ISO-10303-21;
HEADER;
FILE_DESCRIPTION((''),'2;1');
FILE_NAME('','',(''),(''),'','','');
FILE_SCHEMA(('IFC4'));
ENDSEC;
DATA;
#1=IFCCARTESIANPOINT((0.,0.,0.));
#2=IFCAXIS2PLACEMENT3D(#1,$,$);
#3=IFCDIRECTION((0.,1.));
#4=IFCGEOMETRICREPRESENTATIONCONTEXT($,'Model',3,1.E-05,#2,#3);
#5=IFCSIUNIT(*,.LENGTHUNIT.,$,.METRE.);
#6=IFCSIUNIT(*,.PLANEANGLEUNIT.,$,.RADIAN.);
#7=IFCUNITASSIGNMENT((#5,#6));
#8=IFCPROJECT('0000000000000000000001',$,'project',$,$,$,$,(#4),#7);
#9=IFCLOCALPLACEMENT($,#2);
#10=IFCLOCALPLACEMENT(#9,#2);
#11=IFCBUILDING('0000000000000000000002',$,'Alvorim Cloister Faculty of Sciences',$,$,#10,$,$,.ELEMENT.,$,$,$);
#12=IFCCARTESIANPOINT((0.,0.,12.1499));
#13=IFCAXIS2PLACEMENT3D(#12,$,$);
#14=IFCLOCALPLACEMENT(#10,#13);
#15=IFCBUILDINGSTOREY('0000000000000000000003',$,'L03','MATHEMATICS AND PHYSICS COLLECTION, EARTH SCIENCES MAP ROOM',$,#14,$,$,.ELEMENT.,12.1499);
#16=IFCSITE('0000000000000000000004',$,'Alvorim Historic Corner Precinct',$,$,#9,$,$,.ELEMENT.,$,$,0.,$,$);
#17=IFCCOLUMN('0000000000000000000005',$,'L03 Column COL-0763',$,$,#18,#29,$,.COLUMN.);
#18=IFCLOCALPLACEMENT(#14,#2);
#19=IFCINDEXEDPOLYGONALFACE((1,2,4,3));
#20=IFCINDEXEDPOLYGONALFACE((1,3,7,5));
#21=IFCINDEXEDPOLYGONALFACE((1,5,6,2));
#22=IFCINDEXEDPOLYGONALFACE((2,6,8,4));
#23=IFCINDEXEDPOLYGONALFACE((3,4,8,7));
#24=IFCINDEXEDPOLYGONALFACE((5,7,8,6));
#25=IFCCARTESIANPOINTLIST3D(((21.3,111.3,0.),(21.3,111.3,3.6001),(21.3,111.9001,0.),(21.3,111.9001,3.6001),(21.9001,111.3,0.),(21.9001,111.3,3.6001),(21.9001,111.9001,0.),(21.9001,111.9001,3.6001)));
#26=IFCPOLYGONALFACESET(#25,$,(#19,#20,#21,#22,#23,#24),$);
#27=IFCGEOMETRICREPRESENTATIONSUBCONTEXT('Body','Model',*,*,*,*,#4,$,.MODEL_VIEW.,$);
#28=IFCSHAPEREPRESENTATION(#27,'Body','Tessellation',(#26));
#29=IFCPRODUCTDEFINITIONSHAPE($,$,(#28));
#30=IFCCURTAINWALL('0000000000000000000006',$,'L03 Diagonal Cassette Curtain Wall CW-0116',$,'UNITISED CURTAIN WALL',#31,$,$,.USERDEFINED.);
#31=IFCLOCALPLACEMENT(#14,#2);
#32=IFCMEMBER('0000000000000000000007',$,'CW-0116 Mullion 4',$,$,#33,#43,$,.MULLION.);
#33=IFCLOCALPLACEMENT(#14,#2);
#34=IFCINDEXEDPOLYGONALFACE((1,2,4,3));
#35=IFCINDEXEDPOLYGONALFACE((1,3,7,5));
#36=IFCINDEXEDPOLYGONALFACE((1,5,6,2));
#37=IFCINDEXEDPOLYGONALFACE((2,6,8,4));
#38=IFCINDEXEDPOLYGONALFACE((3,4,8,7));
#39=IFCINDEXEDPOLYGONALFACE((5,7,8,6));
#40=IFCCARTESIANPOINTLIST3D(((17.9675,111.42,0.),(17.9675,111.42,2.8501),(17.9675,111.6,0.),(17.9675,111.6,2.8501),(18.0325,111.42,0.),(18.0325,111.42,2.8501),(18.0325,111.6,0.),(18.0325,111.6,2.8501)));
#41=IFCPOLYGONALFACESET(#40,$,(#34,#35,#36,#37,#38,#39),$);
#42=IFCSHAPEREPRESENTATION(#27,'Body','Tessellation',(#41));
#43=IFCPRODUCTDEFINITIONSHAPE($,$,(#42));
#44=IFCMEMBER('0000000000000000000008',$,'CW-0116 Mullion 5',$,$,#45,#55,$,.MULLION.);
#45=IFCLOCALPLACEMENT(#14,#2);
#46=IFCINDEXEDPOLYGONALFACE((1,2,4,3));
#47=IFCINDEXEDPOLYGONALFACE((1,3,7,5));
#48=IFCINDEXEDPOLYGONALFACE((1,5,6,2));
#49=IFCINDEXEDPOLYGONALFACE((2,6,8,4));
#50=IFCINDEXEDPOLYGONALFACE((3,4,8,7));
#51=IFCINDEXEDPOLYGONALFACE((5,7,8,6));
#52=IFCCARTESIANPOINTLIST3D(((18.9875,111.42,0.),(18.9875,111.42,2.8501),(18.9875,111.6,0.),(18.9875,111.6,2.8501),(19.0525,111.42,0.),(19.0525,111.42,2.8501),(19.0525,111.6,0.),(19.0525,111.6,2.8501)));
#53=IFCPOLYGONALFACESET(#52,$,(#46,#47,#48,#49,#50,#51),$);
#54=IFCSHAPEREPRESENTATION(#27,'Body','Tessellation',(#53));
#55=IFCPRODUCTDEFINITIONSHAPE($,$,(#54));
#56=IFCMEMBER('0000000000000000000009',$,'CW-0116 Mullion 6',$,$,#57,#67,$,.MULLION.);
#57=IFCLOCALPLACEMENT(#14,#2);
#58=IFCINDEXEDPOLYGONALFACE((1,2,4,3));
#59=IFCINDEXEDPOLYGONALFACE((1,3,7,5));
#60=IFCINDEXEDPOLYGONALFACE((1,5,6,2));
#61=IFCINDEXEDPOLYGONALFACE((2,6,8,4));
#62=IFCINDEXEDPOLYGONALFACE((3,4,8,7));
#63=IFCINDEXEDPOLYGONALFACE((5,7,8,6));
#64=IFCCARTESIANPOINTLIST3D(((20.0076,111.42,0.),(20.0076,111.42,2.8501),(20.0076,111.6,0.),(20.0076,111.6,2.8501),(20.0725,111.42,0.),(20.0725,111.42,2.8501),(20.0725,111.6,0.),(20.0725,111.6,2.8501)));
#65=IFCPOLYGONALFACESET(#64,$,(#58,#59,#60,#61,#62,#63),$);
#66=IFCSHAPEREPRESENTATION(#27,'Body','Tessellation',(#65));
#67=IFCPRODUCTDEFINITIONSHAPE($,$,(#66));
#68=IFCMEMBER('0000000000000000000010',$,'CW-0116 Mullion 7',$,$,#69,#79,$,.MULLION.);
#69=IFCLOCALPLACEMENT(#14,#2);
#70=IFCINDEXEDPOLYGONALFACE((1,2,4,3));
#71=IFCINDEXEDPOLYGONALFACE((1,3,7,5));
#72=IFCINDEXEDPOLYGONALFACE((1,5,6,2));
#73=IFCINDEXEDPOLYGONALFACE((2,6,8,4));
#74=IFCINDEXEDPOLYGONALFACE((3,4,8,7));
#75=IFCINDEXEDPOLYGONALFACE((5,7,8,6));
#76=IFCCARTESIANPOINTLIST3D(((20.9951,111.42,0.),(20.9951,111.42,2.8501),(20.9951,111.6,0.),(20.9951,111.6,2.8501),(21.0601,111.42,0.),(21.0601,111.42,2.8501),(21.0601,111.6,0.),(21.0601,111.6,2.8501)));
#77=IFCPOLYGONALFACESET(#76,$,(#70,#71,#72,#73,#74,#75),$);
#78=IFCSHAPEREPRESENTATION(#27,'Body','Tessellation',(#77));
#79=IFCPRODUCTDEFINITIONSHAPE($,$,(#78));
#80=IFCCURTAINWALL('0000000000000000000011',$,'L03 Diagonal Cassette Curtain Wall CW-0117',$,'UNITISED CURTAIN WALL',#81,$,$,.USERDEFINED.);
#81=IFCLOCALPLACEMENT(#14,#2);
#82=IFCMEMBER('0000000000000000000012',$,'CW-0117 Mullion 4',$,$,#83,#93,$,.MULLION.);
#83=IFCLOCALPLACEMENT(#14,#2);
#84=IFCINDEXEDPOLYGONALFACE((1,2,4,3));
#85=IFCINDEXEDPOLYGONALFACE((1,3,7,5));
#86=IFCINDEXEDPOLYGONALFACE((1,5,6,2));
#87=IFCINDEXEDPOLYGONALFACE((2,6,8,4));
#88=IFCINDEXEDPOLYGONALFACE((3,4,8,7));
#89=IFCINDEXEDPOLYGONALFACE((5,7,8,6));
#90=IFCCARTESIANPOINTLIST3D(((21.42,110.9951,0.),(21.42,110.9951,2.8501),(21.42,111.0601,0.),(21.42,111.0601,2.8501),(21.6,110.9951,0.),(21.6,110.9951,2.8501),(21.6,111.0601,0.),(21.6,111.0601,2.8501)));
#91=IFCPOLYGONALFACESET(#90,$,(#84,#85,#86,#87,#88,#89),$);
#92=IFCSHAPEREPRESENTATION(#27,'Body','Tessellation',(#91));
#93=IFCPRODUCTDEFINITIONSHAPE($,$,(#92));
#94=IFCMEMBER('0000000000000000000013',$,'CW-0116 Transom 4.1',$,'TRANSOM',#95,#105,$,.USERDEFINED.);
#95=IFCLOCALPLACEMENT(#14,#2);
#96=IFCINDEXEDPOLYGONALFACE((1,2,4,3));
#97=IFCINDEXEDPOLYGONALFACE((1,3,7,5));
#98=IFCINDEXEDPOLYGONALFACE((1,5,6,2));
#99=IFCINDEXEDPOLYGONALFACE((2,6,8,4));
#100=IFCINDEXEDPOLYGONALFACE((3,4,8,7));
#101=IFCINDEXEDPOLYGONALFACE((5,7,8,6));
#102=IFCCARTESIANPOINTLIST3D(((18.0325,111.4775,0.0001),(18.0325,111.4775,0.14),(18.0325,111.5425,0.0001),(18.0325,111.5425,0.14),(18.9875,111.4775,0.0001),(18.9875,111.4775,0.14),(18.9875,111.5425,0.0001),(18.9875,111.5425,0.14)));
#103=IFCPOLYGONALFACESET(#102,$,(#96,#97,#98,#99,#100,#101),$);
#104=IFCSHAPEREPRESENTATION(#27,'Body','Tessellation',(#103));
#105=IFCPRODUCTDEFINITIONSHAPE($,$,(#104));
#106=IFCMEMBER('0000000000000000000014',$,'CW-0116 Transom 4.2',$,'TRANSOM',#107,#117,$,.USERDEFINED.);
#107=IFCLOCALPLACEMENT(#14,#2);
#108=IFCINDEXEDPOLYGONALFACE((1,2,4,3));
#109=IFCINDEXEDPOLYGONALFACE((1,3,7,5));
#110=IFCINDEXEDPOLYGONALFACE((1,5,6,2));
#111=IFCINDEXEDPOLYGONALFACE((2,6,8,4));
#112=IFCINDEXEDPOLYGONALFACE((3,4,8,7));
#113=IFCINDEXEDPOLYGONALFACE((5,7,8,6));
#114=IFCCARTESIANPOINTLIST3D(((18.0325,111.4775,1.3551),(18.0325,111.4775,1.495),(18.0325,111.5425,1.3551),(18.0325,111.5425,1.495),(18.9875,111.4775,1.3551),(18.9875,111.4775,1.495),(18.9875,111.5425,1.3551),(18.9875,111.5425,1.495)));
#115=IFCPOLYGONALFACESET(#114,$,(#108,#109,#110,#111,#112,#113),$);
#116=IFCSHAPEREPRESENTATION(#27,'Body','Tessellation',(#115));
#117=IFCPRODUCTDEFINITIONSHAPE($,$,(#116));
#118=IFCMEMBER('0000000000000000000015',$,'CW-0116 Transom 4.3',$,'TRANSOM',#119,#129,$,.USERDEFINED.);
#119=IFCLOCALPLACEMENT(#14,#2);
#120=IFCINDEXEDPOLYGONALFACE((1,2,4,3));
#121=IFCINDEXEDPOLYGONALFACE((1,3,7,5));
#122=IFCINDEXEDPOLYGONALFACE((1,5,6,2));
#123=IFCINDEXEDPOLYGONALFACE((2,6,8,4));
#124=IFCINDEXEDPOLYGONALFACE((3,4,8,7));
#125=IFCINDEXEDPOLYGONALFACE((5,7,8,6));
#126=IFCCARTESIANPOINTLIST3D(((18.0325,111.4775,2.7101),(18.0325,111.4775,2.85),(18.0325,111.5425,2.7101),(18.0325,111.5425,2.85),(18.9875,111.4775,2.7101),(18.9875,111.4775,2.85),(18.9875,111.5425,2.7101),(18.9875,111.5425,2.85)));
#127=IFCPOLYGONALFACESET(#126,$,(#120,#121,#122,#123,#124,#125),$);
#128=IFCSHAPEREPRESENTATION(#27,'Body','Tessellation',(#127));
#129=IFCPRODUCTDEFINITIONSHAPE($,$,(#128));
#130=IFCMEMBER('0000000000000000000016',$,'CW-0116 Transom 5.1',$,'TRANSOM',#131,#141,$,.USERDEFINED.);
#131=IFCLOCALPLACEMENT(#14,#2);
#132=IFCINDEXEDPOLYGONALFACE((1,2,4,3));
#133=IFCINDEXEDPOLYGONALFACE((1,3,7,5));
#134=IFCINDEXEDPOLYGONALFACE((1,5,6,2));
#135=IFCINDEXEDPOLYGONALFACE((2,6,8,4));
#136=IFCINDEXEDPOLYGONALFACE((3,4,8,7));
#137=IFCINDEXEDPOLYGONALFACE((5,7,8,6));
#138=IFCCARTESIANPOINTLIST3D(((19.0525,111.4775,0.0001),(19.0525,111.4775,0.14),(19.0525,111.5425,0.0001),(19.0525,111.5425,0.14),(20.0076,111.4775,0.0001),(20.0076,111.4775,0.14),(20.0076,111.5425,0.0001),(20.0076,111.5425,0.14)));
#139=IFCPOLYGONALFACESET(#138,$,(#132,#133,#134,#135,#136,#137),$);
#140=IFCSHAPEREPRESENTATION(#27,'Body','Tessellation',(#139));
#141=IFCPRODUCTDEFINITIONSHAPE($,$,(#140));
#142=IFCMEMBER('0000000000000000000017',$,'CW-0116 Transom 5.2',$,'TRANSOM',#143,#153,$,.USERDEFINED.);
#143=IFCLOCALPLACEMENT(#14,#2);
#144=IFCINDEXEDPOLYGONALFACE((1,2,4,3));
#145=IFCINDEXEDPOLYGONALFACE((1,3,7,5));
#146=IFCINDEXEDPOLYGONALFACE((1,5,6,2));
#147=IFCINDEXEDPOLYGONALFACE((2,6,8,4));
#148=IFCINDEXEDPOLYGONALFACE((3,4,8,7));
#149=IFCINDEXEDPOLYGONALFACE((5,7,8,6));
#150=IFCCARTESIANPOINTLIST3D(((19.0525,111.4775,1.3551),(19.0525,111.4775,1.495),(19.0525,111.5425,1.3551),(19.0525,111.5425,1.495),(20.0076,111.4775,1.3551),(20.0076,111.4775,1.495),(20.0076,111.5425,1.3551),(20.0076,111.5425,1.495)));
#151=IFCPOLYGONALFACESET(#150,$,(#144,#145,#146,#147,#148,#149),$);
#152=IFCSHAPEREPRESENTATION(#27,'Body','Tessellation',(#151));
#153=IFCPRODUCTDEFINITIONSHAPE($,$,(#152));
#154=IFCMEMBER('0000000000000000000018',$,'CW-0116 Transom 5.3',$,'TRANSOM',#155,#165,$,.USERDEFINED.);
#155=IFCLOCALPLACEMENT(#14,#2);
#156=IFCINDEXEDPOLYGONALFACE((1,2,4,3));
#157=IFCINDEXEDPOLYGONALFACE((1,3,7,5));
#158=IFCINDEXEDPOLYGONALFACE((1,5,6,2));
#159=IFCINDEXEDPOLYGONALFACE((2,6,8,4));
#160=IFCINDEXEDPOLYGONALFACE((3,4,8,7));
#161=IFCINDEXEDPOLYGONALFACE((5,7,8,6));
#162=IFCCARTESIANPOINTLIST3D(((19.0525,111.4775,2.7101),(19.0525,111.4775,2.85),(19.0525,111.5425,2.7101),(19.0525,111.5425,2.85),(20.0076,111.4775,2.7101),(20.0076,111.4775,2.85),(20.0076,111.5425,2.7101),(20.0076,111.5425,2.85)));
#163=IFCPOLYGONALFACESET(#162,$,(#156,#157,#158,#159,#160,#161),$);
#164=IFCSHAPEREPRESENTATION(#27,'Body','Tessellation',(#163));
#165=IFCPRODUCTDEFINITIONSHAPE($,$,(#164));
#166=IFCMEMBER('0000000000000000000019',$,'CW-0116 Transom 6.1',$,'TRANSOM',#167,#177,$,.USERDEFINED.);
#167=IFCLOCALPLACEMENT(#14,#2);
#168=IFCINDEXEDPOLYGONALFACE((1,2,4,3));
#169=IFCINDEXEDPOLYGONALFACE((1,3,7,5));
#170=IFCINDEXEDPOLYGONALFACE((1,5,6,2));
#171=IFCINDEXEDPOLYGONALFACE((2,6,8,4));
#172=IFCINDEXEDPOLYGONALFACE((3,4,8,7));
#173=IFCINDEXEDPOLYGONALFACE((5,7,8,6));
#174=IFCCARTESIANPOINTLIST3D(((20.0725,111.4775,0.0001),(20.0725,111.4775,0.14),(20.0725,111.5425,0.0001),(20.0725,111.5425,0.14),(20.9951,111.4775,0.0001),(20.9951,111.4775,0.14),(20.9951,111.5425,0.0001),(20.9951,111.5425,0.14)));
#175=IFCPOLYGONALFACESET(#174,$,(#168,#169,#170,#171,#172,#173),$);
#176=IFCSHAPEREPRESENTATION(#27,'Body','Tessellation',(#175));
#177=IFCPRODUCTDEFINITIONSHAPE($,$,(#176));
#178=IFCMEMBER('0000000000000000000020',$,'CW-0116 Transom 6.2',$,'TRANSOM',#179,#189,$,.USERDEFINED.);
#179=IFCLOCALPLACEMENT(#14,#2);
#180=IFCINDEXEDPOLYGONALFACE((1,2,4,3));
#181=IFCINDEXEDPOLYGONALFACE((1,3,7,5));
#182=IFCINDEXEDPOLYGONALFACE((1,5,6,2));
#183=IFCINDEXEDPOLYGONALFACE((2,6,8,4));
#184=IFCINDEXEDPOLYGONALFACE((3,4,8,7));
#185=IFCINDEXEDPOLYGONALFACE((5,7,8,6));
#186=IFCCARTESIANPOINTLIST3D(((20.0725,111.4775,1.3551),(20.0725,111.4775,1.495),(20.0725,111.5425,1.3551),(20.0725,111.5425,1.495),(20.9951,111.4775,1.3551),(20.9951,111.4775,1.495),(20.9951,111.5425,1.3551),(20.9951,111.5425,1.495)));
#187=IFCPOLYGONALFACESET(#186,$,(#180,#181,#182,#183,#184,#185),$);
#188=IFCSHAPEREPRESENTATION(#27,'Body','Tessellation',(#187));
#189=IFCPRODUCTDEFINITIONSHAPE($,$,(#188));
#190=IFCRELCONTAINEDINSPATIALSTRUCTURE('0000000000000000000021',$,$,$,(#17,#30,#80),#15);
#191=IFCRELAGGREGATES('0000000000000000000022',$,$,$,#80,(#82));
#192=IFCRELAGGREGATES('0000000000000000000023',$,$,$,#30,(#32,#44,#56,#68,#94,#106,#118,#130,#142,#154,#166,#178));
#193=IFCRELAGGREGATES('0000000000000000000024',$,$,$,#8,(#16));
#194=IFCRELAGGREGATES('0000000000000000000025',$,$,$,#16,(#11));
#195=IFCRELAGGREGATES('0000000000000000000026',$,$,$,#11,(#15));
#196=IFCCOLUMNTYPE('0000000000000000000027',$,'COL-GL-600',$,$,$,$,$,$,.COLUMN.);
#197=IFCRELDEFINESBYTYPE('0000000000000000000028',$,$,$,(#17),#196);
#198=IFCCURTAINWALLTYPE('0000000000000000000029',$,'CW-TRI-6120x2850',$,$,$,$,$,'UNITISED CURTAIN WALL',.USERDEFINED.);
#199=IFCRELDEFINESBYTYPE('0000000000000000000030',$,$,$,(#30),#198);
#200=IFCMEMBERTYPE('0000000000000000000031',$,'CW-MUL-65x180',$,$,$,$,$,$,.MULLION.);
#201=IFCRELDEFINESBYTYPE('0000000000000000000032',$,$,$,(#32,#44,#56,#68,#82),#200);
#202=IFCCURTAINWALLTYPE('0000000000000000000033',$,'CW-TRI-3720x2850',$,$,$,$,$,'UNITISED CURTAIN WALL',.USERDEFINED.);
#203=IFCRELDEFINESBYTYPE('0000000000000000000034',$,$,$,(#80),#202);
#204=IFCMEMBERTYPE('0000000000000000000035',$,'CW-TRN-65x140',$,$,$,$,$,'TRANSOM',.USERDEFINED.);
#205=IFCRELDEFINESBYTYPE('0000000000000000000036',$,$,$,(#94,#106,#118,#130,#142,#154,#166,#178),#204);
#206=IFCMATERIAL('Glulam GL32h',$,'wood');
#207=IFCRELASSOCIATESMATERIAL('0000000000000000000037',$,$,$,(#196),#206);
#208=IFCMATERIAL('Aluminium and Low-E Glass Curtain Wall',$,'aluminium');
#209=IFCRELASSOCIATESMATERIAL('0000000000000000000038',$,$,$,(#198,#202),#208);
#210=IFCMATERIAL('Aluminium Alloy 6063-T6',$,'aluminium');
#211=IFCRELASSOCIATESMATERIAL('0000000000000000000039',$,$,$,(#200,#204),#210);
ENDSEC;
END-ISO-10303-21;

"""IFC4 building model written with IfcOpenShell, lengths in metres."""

from ifc_helpers import new_model, si_unit, direction, frame, origin, origin_2d, place, context, subcontext, project, spatial, rectangle, extrude, material, material_profile, profile_set, type_object, element, aggregate, save


model = new_model("IFC4")

# Units and contexts
model_context = context("Model", 3, precision=1e-05, world=origin(), true_north=direction((0.0, 1.0)))
body_context = subcontext(model_context, "Body", "Model", "MODEL_VIEW")
ifc_project = project(units=[si_unit("LENGTHUNIT", "METRE"), si_unit("PLANEANGLEUNIT", "RADIAN")], contexts=[model_context])

# Site, building, storey
site_placement = place(None, origin())
site = spatial("IfcSite", under=ifc_project, at=site_placement, Name="Alvorim Historic Corner Precinct", CompositionType="ELEMENT", RefElevation=0.0)
building_placement = place(site_placement, origin())
building = spatial("IfcBuilding", under=site, at=building_placement, Name="Alvorim Cloister Faculty of Sciences", CompositionType="ELEMENT")
storey_placement = place(building_placement, frame((0.0, 0.0, 12.1499)))
storey = spatial("IfcBuildingStorey", under=building, at=storey_placement, Name="L03", Description="MATHEMATICS AND PHYSICS COLLECTION, EARTH SCIENCES MAP ROOM", CompositionType="ELEMENT", Elevation=12.1499)

# Column
ifc_material_1 = material(Name="Glulam GL32h", Category="wood")
ifc_material_profile_1 = material_profile(ifc_material_1, rectangle(XDim=0.6001, YDim=0.6001, at=origin_2d()), Name="GL32-COL-600x600")
ifc_profile_set_1 = profile_set([ifc_material_profile_1], Name="Glulam GL32h")
column_type = type_object("IfcColumnType", Name="COL-GL-600", PredefinedType="COLUMN", material=ifc_profile_set_1)
column_placement = place(storey_placement, frame((21.6001, 111.6001, 0.0), z_axis=(0.0, 0.0, 1.0), x_axis=(1.0, 0.0, 0.0)))
element("IfcColumn", 1, at=column_placement, inside=storey, type_object=column_type, Name="L03 Column COL-0763", PredefinedType="COLUMN", context=body_context, shape_type="SweptSolid", body=[
    extrude(rectangle(XDim=0.6001, YDim=0.6001, at=origin_2d()), origin(), (0.0, 0.0, 1.0), 3.6001),
])

# Curtain wall, members
ifc_material_2 = material(Name="Aluminium and Low-E Glass Curtain Wall", Category="aluminium")
curtain_wall_type_1 = type_object("IfcCurtainWallType", Name="CW-TRI-6120x2850", ElementType="UNITISED CURTAIN WALL", PredefinedType="USERDEFINED", material=ifc_material_2)
curtain_wall_1_placement = place(storey_placement, origin())
curtain_wall_1 = element("IfcCurtainWall", 2, at=curtain_wall_1_placement, inside=storey, type_object=curtain_wall_type_1, Name="L03 Diagonal Cassette Curtain Wall CW-0116", ObjectType="UNITISED CURTAIN WALL", PredefinedType="USERDEFINED")
ifc_material_3 = material(Name="Aluminium Alloy 6063-T6", Category="aluminium")
ifc_material_profile_2 = material_profile(ifc_material_3, rectangle(XDim=0.0649, YDim=0.1799, at=origin_2d()), Name="ALU-MUL-65x180")
ifc_profile_set_2 = profile_set([ifc_material_profile_2], Name="Aluminium Alloy 6063-T6")
member_type_1 = type_object("IfcMemberType", Name="CW-MUL-65x180", PredefinedType="MULLION", material=ifc_profile_set_2)
member_1_placement = place(storey_placement, frame((18.0, 111.51, 0.0), z_axis=(0.0, 0.0, 1.0), x_axis=(1.0, 0.0, 0.0)))
member_1 = element("IfcMember", 3, at=member_1_placement, type_object=member_type_1, Name="CW-0116 Mullion 4", PredefinedType="MULLION", context=body_context, shape_type="SweptSolid", body=[
    extrude(rectangle(XDim=0.0649, YDim=0.1799, at=origin_2d()), origin(), (0.0, 0.0, 1.0), 2.8501),
])
member_2_placement = place(storey_placement, frame((19.02, 111.51, 0.0), z_axis=(0.0, 0.0, 1.0), x_axis=(1.0, 0.0, 0.0)))
member_2 = element("IfcMember", 4, at=member_2_placement, type_object=member_type_1, Name="CW-0116 Mullion 5", PredefinedType="MULLION", context=body_context, shape_type="SweptSolid", body=[
    extrude(rectangle(XDim=0.0649, YDim=0.1799, at=origin_2d()), origin(), (0.0, 0.0, 1.0), 2.8501),
])
member_3_placement = place(storey_placement, frame((20.04, 111.51, 0.0), z_axis=(0.0, 0.0, 1.0), x_axis=(1.0, 0.0, 0.0)))
member_3 = element("IfcMember", 5, at=member_3_placement, type_object=member_type_1, Name="CW-0116 Mullion 6", PredefinedType="MULLION", context=body_context, shape_type="SweptSolid", body=[
    extrude(rectangle(XDim=0.0649, YDim=0.1799, at=origin_2d()), origin(), (0.0, 0.0, 1.0), 2.8501),
])
member_4_placement = place(storey_placement, frame((21.0276, 111.51, 0.0), z_axis=(0.0, 0.0, 1.0), x_axis=(1.0, 0.0, 0.0)))
member_4 = element("IfcMember", 6, at=member_4_placement, type_object=member_type_1, Name="CW-0116 Mullion 7", PredefinedType="MULLION", context=body_context, shape_type="SweptSolid", body=[
    extrude(rectangle(XDim=0.0649, YDim=0.1799, at=origin_2d()), origin(), (0.0, 0.0, 1.0), 2.8501),
])

# Curtain wall, member
curtain_wall_type_2 = type_object("IfcCurtainWallType", Name="CW-TRI-3720x2850", ElementType="UNITISED CURTAIN WALL", PredefinedType="USERDEFINED", material=ifc_material_2)
curtain_wall_2_placement = place(storey_placement, origin())
curtain_wall_2 = element("IfcCurtainWall", 7, at=curtain_wall_2_placement, inside=storey, type_object=curtain_wall_type_2, Name="L03 Diagonal Cassette Curtain Wall CW-0117", ObjectType="UNITISED CURTAIN WALL", PredefinedType="USERDEFINED")
member_5_placement = place(storey_placement, frame((21.51, 111.0276, 0.0), z_axis=(0.0, 0.0, 1.0), x_axis=(0.0, 1.0, 0.0)))
member_5 = element("IfcMember", 8, at=member_5_placement, type_object=member_type_1, Name="CW-0117 Mullion 4", PredefinedType="MULLION", context=body_context, shape_type="SweptSolid", body=[
    extrude(rectangle(XDim=0.0649, YDim=0.1799, at=origin_2d()), origin(), (0.0, 0.0, 1.0), 2.8501),
])
aggregate(curtain_wall_2, [member_5])

# Members
ifc_material_profile_3 = material_profile(ifc_material_3, rectangle(XDim=0.0649, YDim=0.1399, at=origin_2d()), Name="ALU-TRN-65x140")
ifc_profile_set_3 = profile_set([ifc_material_profile_3], Name="Aluminium Alloy 6063-T6")
member_type_2 = type_object("IfcMemberType", Name="CW-TRN-65x140", ElementType="TRANSOM", PredefinedType="USERDEFINED", material=ifc_profile_set_3)
member_6_placement = place(storey_placement, frame((18.0325, 111.51, 0.0701), z_axis=(1.0, 0.0, 0.0), x_axis=(0.0, 1.0, 0.0)))
member_6 = element("IfcMember", 9, at=member_6_placement, type_object=member_type_2, Name="CW-0116 Transom 4.1", ObjectType="TRANSOM", PredefinedType="USERDEFINED", context=body_context, shape_type="SweptSolid", body=[
    extrude(rectangle(XDim=0.0649, YDim=0.1399, at=origin_2d()), origin(), (0.0, 0.0, 1.0), 0.9551),
])
member_7_placement = place(storey_placement, frame((18.0325, 111.51, 1.425), z_axis=(1.0, 0.0, 0.0), x_axis=(0.0, 1.0, 0.0)))
member_7 = element("IfcMember", 10, at=member_7_placement, type_object=member_type_2, Name="CW-0116 Transom 4.2", ObjectType="TRANSOM", PredefinedType="USERDEFINED", context=body_context, shape_type="SweptSolid", body=[
    extrude(rectangle(XDim=0.0649, YDim=0.1399, at=origin_2d()), origin(), (0.0, 0.0, 1.0), 0.9551),
])
member_8_placement = place(storey_placement, frame((18.0325, 111.51, 2.78), z_axis=(1.0, 0.0, 0.0), x_axis=(0.0, 1.0, 0.0)))
member_8 = element("IfcMember", 11, at=member_8_placement, type_object=member_type_2, Name="CW-0116 Transom 4.3", ObjectType="TRANSOM", PredefinedType="USERDEFINED", context=body_context, shape_type="SweptSolid", body=[
    extrude(rectangle(XDim=0.0649, YDim=0.1399, at=origin_2d()), origin(), (0.0, 0.0, 1.0), 0.9551),
])
member_9_placement = place(storey_placement, frame((19.0525, 111.51, 0.0701), z_axis=(1.0, 0.0, 0.0), x_axis=(0.0, 1.0, 0.0)))
member_9 = element("IfcMember", 12, at=member_9_placement, type_object=member_type_2, Name="CW-0116 Transom 5.1", ObjectType="TRANSOM", PredefinedType="USERDEFINED", context=body_context, shape_type="SweptSolid", body=[
    extrude(rectangle(XDim=0.0649, YDim=0.1399, at=origin_2d()), origin(), (0.0, 0.0, 1.0), 0.9551),
])
member_10_placement = place(storey_placement, frame((19.0525, 111.51, 1.425), z_axis=(1.0, 0.0, 0.0), x_axis=(0.0, 1.0, 0.0)))
member_10 = element("IfcMember", 13, at=member_10_placement, type_object=member_type_2, Name="CW-0116 Transom 5.2", ObjectType="TRANSOM", PredefinedType="USERDEFINED", context=body_context, shape_type="SweptSolid", body=[
    extrude(rectangle(XDim=0.0649, YDim=0.1399, at=origin_2d()), origin(), (0.0, 0.0, 1.0), 0.9551),
])
member_11_placement = place(storey_placement, frame((19.0525, 111.51, 2.78), z_axis=(1.0, 0.0, 0.0), x_axis=(0.0, 1.0, 0.0)))
member_11 = element("IfcMember", 14, at=member_11_placement, type_object=member_type_2, Name="CW-0116 Transom 5.3", ObjectType="TRANSOM", PredefinedType="USERDEFINED", context=body_context, shape_type="SweptSolid", body=[
    extrude(rectangle(XDim=0.0649, YDim=0.1399, at=origin_2d()), origin(), (0.0, 0.0, 1.0), 0.9551),
])
member_12_placement = place(storey_placement, frame((20.0725, 111.51, 0.0701), z_axis=(1.0, 0.0, 0.0), x_axis=(0.0, 1.0, 0.0)))
member_12 = element("IfcMember", 15, at=member_12_placement, type_object=member_type_2, Name="CW-0116 Transom 6.1", ObjectType="TRANSOM", PredefinedType="USERDEFINED", context=body_context, shape_type="SweptSolid", body=[
    extrude(rectangle(XDim=0.0649, YDim=0.1399, at=origin_2d()), origin(), (0.0, 0.0, 1.0), 0.9226),
])
member_13_placement = place(storey_placement, frame((20.0725, 111.51, 1.425), z_axis=(1.0, 0.0, 0.0), x_axis=(0.0, 1.0, 0.0)))
member_13 = element("IfcMember", 16, at=member_13_placement, type_object=member_type_2, Name="CW-0116 Transom 6.2", ObjectType="TRANSOM", PredefinedType="USERDEFINED", context=body_context, shape_type="SweptSolid", body=[
    extrude(rectangle(XDim=0.0649, YDim=0.1399, at=origin_2d()), origin(), (0.0, 0.0, 1.0), 0.9226),
])

aggregate(curtain_wall_1, [member_1, member_2, member_3, member_4, member_6, member_7, member_8, member_9, member_10, member_11, member_12, member_13])

save(model, "model.ifc")
